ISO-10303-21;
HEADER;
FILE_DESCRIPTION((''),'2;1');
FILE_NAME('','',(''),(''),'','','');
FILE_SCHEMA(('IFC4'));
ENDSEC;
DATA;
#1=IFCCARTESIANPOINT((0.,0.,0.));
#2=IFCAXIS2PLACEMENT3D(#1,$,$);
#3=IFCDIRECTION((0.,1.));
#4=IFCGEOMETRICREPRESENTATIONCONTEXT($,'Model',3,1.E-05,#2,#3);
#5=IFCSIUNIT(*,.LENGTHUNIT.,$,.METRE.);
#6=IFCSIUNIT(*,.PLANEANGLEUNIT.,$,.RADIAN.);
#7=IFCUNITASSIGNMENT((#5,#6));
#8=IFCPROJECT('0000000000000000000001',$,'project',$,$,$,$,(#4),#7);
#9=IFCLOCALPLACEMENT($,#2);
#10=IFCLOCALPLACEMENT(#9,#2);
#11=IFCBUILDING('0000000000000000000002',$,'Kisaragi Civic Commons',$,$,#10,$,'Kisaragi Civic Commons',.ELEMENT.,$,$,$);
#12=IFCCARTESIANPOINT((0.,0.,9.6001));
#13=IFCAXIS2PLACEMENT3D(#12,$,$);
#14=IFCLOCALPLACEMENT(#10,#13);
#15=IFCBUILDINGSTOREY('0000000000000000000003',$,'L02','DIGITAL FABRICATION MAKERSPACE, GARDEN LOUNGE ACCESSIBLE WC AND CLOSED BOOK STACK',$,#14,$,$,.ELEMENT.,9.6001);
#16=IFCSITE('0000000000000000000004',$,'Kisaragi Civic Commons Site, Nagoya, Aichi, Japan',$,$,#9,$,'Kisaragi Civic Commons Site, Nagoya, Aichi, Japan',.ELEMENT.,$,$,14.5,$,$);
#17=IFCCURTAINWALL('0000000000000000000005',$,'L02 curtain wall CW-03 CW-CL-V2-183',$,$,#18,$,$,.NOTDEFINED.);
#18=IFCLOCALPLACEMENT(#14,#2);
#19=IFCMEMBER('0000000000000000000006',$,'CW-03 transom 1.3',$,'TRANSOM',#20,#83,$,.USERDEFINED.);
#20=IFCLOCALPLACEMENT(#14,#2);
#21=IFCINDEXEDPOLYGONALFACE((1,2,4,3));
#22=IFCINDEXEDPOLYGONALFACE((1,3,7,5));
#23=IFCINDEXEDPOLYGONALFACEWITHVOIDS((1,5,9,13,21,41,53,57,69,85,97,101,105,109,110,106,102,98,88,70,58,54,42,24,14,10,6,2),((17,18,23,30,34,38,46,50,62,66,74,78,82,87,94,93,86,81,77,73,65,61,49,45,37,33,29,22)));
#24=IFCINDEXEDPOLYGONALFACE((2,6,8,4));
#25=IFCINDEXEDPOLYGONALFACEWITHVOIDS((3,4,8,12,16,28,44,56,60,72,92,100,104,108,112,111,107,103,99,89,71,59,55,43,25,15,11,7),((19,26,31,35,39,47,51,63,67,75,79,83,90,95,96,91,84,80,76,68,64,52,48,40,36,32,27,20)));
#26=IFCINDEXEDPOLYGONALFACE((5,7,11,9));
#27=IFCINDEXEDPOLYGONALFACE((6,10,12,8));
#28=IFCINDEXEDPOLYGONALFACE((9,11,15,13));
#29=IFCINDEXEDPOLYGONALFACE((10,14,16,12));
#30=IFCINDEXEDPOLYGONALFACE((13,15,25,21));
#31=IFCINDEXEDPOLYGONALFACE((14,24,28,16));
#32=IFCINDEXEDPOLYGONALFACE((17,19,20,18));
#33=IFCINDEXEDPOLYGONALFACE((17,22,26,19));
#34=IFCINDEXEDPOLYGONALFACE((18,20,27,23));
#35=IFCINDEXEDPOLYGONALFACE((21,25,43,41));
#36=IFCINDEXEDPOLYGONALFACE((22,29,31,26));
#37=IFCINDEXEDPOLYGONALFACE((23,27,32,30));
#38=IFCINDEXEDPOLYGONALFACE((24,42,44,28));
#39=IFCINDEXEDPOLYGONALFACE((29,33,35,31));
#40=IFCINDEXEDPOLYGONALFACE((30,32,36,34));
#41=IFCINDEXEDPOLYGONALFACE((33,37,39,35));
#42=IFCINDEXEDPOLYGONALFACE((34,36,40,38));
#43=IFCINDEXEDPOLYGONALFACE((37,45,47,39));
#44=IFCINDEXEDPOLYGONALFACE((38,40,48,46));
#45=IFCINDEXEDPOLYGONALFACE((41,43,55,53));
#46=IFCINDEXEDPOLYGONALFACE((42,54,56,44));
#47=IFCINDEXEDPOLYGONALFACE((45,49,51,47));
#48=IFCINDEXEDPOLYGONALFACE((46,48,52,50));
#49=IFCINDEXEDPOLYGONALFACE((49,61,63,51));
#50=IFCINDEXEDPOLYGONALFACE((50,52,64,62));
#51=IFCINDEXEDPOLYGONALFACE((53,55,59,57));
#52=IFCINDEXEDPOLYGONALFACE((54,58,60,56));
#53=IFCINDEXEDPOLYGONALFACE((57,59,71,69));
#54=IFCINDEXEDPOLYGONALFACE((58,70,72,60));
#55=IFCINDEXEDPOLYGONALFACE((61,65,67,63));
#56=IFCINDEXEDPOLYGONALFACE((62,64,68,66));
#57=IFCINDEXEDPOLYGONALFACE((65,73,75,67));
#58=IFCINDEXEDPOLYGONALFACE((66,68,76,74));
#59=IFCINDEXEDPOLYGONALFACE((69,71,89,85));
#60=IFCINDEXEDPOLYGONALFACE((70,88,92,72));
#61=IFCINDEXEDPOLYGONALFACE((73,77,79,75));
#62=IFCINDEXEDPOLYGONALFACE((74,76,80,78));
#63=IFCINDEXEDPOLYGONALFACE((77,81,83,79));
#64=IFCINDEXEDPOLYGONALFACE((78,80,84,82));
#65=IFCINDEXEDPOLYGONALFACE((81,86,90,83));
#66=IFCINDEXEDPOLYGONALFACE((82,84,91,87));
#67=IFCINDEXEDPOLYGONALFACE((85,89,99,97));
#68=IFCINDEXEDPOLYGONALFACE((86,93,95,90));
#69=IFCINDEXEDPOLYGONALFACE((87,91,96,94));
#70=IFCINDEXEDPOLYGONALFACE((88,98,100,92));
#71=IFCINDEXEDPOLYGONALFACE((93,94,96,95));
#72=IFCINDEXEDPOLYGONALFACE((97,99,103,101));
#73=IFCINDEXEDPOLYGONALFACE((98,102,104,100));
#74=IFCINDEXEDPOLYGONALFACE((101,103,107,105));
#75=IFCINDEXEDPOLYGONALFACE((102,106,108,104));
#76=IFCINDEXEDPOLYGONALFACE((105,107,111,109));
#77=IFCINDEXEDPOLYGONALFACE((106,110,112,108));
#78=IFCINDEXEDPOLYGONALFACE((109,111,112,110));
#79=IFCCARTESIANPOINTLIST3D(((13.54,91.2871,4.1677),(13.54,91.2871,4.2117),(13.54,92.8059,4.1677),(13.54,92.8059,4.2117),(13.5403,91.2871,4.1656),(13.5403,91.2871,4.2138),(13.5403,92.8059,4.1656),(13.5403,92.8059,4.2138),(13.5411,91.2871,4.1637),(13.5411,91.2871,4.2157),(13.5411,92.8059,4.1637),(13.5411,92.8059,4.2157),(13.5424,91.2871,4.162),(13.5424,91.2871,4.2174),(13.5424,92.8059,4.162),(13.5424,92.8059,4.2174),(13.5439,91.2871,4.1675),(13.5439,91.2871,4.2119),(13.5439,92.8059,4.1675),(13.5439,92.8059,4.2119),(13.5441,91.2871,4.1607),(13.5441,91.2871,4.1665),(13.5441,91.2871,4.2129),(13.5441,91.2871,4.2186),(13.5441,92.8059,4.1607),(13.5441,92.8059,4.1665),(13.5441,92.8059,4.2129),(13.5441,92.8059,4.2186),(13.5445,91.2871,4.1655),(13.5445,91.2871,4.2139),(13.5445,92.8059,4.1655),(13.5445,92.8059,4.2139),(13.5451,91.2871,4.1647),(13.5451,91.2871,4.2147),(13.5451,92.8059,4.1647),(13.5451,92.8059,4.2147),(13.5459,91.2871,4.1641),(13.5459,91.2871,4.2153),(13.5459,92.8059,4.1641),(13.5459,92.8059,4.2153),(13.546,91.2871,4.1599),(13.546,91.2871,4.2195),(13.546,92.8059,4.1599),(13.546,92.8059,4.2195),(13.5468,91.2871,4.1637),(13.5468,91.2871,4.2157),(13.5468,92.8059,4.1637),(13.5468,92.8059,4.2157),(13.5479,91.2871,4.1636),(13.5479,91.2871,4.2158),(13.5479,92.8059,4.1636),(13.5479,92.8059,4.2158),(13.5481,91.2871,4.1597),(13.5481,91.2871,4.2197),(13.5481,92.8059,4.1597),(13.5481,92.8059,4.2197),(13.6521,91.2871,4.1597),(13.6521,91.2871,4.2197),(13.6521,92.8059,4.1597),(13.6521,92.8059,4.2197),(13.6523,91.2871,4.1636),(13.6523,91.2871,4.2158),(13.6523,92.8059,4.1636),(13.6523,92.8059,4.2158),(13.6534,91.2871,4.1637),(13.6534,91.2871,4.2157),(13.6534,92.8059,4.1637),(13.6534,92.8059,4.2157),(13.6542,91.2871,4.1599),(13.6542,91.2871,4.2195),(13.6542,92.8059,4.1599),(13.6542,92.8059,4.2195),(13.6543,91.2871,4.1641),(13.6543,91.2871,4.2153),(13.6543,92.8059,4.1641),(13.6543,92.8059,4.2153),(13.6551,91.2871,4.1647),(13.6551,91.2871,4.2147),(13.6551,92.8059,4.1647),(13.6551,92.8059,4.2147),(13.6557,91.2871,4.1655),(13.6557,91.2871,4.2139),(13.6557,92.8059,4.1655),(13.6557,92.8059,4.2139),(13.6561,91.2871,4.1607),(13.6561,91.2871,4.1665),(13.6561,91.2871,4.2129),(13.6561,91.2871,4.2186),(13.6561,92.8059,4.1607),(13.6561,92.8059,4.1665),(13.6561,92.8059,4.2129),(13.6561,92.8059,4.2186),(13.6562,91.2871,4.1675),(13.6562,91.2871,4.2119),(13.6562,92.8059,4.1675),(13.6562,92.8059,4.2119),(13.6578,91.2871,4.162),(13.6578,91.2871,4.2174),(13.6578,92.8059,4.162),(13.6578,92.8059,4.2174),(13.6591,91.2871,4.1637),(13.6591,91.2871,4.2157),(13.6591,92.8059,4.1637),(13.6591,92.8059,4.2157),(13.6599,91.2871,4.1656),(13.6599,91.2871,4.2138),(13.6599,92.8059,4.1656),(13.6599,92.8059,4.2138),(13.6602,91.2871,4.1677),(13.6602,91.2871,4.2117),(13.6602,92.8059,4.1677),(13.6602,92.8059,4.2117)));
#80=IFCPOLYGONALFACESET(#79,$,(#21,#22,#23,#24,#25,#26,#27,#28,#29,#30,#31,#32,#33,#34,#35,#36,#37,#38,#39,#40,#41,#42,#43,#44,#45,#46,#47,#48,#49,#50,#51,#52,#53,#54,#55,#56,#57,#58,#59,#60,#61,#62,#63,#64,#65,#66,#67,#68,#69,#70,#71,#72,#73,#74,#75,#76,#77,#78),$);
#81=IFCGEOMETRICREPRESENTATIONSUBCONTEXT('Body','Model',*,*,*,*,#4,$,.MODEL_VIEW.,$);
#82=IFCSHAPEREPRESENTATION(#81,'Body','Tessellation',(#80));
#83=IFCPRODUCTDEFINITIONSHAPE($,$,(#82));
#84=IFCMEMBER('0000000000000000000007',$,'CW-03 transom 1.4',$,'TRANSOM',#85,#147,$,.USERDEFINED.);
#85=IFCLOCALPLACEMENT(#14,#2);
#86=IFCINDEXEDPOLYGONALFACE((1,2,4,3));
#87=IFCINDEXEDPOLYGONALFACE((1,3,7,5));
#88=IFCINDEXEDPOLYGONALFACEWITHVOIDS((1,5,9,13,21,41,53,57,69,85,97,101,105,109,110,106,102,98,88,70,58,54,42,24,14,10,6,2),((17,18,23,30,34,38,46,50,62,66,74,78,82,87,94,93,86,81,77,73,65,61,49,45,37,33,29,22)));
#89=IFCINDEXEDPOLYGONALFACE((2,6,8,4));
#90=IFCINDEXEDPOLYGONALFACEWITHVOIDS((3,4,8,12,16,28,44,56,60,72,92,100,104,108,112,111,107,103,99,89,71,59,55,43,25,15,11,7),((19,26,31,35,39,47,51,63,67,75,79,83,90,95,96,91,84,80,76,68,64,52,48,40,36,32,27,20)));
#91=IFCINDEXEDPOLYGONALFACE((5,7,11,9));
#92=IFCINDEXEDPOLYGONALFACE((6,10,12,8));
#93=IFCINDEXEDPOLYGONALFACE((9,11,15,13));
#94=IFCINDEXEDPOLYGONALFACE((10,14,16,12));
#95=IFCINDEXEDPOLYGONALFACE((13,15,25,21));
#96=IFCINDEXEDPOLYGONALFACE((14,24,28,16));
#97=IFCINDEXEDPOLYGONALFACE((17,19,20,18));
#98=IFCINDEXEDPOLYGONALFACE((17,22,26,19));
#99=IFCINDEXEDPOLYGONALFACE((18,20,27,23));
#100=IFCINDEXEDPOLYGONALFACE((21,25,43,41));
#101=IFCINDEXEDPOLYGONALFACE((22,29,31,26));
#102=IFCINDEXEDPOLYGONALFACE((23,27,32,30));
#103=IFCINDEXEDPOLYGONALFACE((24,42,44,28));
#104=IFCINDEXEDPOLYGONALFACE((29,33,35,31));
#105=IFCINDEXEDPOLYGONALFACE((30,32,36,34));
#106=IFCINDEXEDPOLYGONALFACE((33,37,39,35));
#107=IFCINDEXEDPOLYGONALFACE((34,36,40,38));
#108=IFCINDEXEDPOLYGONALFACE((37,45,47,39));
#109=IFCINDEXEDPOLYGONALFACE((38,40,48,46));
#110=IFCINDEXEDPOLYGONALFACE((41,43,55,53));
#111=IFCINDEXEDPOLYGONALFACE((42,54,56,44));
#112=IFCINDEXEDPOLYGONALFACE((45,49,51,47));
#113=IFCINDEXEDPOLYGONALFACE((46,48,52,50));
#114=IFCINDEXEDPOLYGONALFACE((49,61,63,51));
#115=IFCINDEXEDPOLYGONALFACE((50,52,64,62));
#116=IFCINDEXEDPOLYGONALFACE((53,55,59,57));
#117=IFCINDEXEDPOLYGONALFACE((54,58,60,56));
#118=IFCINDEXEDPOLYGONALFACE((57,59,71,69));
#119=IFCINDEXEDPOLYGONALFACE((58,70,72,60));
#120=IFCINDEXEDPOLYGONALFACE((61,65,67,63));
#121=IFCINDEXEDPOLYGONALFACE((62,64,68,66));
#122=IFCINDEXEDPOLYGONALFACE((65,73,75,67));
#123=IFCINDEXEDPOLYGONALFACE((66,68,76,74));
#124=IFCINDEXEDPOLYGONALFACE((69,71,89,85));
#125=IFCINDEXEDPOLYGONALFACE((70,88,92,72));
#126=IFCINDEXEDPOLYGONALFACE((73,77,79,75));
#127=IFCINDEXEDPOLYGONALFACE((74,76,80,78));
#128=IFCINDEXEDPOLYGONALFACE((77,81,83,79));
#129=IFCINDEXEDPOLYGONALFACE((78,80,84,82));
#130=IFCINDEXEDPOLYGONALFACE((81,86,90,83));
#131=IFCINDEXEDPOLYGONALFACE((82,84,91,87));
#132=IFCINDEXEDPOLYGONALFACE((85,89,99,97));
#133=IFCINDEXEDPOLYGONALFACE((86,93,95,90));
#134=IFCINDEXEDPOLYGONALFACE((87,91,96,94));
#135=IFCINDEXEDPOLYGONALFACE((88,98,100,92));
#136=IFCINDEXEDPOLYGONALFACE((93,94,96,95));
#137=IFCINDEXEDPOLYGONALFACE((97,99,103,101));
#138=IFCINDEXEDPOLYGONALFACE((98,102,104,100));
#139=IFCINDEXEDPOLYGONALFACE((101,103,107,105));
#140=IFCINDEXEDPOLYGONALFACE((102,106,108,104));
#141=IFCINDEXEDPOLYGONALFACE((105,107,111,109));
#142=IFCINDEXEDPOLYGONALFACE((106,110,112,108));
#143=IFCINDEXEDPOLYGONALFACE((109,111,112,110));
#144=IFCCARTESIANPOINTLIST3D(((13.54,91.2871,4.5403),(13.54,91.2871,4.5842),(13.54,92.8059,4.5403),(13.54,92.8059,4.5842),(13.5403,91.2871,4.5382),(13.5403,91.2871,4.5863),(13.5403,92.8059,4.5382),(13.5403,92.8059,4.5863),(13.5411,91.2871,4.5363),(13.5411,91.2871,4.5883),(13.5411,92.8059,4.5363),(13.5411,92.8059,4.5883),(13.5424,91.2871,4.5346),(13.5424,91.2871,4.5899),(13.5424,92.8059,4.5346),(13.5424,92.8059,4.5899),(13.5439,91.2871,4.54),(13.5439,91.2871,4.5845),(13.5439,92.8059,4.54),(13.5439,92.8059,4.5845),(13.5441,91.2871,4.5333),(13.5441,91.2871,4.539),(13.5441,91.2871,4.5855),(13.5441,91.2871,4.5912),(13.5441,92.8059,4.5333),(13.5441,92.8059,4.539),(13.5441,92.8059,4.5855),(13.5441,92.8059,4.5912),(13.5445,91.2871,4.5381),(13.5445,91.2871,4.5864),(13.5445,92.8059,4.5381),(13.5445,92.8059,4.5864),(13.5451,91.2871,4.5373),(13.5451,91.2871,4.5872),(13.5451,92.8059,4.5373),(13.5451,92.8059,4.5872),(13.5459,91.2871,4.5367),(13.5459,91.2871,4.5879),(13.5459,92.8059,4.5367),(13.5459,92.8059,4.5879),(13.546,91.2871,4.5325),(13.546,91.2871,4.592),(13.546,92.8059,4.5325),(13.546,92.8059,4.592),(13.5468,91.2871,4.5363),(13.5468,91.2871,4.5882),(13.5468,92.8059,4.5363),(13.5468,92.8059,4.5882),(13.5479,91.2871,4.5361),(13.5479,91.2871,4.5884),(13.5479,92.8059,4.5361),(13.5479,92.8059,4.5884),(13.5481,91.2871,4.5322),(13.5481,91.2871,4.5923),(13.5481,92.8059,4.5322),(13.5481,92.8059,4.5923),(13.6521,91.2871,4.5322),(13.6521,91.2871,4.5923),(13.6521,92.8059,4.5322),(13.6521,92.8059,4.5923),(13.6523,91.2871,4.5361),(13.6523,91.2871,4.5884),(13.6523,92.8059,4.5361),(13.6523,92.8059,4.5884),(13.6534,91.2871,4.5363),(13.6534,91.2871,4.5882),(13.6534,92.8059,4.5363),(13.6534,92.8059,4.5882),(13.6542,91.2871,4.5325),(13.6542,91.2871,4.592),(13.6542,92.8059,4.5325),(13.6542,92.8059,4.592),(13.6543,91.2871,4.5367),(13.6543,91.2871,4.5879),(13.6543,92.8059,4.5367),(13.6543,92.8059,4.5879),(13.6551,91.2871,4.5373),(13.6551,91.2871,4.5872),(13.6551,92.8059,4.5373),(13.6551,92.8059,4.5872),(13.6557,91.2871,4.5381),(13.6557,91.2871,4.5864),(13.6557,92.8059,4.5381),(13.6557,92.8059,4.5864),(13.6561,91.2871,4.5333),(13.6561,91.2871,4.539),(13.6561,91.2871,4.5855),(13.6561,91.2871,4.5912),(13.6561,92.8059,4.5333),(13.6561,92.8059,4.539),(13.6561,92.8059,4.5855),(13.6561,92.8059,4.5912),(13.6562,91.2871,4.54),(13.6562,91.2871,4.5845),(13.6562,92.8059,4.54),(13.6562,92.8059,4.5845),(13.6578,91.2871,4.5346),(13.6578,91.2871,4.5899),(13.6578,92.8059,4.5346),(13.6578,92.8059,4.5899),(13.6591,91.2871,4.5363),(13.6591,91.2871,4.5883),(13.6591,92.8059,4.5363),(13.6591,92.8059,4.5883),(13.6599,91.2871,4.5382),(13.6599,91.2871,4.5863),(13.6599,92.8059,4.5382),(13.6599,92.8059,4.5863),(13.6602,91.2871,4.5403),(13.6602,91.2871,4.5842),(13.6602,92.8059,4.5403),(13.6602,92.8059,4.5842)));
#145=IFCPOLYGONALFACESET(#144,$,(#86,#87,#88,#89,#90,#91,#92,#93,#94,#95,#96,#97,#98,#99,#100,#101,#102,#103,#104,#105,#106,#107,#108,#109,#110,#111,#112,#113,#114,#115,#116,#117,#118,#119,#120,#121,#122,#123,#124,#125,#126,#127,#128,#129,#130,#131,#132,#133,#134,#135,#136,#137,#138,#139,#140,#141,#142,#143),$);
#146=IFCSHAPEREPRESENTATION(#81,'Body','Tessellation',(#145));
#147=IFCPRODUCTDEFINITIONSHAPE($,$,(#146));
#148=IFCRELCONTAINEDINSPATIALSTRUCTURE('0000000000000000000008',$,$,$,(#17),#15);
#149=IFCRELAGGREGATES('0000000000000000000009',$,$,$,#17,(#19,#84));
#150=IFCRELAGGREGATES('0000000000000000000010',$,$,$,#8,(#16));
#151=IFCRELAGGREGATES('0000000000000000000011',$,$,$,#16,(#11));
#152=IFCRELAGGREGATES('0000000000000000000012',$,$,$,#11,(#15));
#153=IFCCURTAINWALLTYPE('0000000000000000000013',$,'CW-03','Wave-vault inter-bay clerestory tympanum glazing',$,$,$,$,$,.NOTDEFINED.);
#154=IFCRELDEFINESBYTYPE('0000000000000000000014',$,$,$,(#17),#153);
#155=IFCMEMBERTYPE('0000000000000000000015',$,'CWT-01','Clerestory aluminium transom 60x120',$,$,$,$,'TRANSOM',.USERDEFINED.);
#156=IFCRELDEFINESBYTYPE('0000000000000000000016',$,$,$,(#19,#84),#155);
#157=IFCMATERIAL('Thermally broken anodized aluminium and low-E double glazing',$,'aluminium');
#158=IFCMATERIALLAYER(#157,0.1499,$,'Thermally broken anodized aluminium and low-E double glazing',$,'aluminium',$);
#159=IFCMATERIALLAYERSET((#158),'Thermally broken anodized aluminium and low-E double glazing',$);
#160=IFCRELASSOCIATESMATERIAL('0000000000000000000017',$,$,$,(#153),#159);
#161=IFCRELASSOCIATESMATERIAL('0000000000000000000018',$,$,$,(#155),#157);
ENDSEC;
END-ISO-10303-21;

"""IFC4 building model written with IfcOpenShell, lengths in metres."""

from ifc_helpers import new_model, si_unit, direction, frame, origin, origin_2d, place, context, subcontext, project, spatial, hollow_rectangle, extrude, material, layer, layer_set, material_profile, profile_set, type_object, element, aggregate, save


model = new_model("IFC4")

# Units and contexts
model_context = context("Model", 3, precision=1e-05, world=origin(), true_north=direction((0.0, 1.0)))
body_context = subcontext(model_context, "Body", "Model", "MODEL_VIEW")
ifc_project = project(units=[si_unit("LENGTHUNIT", "METRE"), si_unit("PLANEANGLEUNIT", "RADIAN")], contexts=[model_context])

# Site, building, storey
site_placement = place(None, origin())
site = spatial("IfcSite", under=ifc_project, at=site_placement, Name="Kisaragi Civic Commons Site, Nagoya, Aichi, Japan", LongName="Kisaragi Civic Commons Site, Nagoya, Aichi, Japan", CompositionType="ELEMENT", RefElevation=14.5)
building_placement = place(site_placement, origin())
building = spatial("IfcBuilding", under=site, at=building_placement, Name="Kisaragi Civic Commons", LongName="Kisaragi Civic Commons", CompositionType="ELEMENT")
storey_placement = place(building_placement, frame((0.0, 0.0, 9.6001)))
storey = spatial("IfcBuildingStorey", under=building, at=storey_placement, Name="L02", Description="DIGITAL FABRICATION MAKERSPACE, GARDEN LOUNGE ACCESSIBLE WC AND CLOSED BOOK STACK", CompositionType="ELEMENT", Elevation=9.6001)

# Curtain wall
ifc_material_1 = material(Name="Thermally broken anodized aluminium and low-E double glazing", Category="aluminium")
ifc_layer_1 = layer(ifc_material_1, 0.1499, Name="Thermally broken anodized aluminium and low-E double glazing", Category="aluminium")
ifc_layer_set_1 = layer_set([ifc_layer_1], Name="Thermally broken anodized aluminium and low-E double glazing")
curtain_wall_type = type_object("IfcCurtainWallType", Name="CW-03", Description="Wave-vault inter-bay clerestory tympanum glazing", PredefinedType="NOTDEFINED", material=ifc_layer_set_1)
curtain_wall_1_placement = place(storey_placement, origin())
curtain_wall_1 = element("IfcCurtainWall", 1, at=curtain_wall_1_placement, inside=storey, type_object=curtain_wall_type, Name="L02 curtain wall CW-03 CW-CL-V2-183", PredefinedType="NOTDEFINED")

# Members
ifc_material_profile_1 = material_profile(ifc_material_1, hollow_rectangle(XDim=0.1201, YDim=0.0601, WallThickness=0.0039, InnerFilletRadius=0.0039, OuterFilletRadius=0.0081, at=origin_2d()), Name="CWT-60x120x4", Category="aluminium")
ifc_profile_set_1 = profile_set([ifc_material_profile_1], Name="Thermally broken anodized aluminium and low-E double glazing")
member_type_1 = type_object("IfcMemberType", Name="CWT-01", Description="Clerestory aluminium transom 60x120", ElementType="TRANSOM", PredefinedType="USERDEFINED", material=ifc_profile_set_1)
member_1_placement = place(storey_placement, frame((13.6001, 91.2871, 4.1897), z_axis=(0.0, 1.0, 0.0), x_axis=(-1.0, 0.0, 0.0)))
member_1 = element("IfcMember", 2, at=member_1_placement, type_object=member_type_1, Name="CW-03 transom 1.3", ObjectType="TRANSOM", PredefinedType="USERDEFINED", context=body_context, shape_type="SweptSolid", body=[
    extrude(hollow_rectangle(XDim=0.1201, YDim=0.0601, WallThickness=0.0039, InnerFilletRadius=0.0039, OuterFilletRadius=0.0081, at=origin_2d()), origin(), (0.0, 0.0, 1.0), 1.5188),
])
member_2_placement = place(storey_placement, frame((13.6001, 91.2871, 4.5623), z_axis=(0.0, 1.0, 0.0), x_axis=(-1.0, 0.0, 0.0)))
member_2 = element("IfcMember", 3, at=member_2_placement, type_object=member_type_1, Name="CW-03 transom 1.4", ObjectType="TRANSOM", PredefinedType="USERDEFINED", context=body_context, shape_type="SweptSolid", body=[
    extrude(hollow_rectangle(XDim=0.1201, YDim=0.0601, WallThickness=0.0039, InnerFilletRadius=0.0039, OuterFilletRadius=0.0081, at=origin_2d()), origin(), (0.0, 0.0, 1.0), 1.5188),
])

aggregate(curtain_wall_1, [member_1, member_2])

save(model, "model.ifc")
